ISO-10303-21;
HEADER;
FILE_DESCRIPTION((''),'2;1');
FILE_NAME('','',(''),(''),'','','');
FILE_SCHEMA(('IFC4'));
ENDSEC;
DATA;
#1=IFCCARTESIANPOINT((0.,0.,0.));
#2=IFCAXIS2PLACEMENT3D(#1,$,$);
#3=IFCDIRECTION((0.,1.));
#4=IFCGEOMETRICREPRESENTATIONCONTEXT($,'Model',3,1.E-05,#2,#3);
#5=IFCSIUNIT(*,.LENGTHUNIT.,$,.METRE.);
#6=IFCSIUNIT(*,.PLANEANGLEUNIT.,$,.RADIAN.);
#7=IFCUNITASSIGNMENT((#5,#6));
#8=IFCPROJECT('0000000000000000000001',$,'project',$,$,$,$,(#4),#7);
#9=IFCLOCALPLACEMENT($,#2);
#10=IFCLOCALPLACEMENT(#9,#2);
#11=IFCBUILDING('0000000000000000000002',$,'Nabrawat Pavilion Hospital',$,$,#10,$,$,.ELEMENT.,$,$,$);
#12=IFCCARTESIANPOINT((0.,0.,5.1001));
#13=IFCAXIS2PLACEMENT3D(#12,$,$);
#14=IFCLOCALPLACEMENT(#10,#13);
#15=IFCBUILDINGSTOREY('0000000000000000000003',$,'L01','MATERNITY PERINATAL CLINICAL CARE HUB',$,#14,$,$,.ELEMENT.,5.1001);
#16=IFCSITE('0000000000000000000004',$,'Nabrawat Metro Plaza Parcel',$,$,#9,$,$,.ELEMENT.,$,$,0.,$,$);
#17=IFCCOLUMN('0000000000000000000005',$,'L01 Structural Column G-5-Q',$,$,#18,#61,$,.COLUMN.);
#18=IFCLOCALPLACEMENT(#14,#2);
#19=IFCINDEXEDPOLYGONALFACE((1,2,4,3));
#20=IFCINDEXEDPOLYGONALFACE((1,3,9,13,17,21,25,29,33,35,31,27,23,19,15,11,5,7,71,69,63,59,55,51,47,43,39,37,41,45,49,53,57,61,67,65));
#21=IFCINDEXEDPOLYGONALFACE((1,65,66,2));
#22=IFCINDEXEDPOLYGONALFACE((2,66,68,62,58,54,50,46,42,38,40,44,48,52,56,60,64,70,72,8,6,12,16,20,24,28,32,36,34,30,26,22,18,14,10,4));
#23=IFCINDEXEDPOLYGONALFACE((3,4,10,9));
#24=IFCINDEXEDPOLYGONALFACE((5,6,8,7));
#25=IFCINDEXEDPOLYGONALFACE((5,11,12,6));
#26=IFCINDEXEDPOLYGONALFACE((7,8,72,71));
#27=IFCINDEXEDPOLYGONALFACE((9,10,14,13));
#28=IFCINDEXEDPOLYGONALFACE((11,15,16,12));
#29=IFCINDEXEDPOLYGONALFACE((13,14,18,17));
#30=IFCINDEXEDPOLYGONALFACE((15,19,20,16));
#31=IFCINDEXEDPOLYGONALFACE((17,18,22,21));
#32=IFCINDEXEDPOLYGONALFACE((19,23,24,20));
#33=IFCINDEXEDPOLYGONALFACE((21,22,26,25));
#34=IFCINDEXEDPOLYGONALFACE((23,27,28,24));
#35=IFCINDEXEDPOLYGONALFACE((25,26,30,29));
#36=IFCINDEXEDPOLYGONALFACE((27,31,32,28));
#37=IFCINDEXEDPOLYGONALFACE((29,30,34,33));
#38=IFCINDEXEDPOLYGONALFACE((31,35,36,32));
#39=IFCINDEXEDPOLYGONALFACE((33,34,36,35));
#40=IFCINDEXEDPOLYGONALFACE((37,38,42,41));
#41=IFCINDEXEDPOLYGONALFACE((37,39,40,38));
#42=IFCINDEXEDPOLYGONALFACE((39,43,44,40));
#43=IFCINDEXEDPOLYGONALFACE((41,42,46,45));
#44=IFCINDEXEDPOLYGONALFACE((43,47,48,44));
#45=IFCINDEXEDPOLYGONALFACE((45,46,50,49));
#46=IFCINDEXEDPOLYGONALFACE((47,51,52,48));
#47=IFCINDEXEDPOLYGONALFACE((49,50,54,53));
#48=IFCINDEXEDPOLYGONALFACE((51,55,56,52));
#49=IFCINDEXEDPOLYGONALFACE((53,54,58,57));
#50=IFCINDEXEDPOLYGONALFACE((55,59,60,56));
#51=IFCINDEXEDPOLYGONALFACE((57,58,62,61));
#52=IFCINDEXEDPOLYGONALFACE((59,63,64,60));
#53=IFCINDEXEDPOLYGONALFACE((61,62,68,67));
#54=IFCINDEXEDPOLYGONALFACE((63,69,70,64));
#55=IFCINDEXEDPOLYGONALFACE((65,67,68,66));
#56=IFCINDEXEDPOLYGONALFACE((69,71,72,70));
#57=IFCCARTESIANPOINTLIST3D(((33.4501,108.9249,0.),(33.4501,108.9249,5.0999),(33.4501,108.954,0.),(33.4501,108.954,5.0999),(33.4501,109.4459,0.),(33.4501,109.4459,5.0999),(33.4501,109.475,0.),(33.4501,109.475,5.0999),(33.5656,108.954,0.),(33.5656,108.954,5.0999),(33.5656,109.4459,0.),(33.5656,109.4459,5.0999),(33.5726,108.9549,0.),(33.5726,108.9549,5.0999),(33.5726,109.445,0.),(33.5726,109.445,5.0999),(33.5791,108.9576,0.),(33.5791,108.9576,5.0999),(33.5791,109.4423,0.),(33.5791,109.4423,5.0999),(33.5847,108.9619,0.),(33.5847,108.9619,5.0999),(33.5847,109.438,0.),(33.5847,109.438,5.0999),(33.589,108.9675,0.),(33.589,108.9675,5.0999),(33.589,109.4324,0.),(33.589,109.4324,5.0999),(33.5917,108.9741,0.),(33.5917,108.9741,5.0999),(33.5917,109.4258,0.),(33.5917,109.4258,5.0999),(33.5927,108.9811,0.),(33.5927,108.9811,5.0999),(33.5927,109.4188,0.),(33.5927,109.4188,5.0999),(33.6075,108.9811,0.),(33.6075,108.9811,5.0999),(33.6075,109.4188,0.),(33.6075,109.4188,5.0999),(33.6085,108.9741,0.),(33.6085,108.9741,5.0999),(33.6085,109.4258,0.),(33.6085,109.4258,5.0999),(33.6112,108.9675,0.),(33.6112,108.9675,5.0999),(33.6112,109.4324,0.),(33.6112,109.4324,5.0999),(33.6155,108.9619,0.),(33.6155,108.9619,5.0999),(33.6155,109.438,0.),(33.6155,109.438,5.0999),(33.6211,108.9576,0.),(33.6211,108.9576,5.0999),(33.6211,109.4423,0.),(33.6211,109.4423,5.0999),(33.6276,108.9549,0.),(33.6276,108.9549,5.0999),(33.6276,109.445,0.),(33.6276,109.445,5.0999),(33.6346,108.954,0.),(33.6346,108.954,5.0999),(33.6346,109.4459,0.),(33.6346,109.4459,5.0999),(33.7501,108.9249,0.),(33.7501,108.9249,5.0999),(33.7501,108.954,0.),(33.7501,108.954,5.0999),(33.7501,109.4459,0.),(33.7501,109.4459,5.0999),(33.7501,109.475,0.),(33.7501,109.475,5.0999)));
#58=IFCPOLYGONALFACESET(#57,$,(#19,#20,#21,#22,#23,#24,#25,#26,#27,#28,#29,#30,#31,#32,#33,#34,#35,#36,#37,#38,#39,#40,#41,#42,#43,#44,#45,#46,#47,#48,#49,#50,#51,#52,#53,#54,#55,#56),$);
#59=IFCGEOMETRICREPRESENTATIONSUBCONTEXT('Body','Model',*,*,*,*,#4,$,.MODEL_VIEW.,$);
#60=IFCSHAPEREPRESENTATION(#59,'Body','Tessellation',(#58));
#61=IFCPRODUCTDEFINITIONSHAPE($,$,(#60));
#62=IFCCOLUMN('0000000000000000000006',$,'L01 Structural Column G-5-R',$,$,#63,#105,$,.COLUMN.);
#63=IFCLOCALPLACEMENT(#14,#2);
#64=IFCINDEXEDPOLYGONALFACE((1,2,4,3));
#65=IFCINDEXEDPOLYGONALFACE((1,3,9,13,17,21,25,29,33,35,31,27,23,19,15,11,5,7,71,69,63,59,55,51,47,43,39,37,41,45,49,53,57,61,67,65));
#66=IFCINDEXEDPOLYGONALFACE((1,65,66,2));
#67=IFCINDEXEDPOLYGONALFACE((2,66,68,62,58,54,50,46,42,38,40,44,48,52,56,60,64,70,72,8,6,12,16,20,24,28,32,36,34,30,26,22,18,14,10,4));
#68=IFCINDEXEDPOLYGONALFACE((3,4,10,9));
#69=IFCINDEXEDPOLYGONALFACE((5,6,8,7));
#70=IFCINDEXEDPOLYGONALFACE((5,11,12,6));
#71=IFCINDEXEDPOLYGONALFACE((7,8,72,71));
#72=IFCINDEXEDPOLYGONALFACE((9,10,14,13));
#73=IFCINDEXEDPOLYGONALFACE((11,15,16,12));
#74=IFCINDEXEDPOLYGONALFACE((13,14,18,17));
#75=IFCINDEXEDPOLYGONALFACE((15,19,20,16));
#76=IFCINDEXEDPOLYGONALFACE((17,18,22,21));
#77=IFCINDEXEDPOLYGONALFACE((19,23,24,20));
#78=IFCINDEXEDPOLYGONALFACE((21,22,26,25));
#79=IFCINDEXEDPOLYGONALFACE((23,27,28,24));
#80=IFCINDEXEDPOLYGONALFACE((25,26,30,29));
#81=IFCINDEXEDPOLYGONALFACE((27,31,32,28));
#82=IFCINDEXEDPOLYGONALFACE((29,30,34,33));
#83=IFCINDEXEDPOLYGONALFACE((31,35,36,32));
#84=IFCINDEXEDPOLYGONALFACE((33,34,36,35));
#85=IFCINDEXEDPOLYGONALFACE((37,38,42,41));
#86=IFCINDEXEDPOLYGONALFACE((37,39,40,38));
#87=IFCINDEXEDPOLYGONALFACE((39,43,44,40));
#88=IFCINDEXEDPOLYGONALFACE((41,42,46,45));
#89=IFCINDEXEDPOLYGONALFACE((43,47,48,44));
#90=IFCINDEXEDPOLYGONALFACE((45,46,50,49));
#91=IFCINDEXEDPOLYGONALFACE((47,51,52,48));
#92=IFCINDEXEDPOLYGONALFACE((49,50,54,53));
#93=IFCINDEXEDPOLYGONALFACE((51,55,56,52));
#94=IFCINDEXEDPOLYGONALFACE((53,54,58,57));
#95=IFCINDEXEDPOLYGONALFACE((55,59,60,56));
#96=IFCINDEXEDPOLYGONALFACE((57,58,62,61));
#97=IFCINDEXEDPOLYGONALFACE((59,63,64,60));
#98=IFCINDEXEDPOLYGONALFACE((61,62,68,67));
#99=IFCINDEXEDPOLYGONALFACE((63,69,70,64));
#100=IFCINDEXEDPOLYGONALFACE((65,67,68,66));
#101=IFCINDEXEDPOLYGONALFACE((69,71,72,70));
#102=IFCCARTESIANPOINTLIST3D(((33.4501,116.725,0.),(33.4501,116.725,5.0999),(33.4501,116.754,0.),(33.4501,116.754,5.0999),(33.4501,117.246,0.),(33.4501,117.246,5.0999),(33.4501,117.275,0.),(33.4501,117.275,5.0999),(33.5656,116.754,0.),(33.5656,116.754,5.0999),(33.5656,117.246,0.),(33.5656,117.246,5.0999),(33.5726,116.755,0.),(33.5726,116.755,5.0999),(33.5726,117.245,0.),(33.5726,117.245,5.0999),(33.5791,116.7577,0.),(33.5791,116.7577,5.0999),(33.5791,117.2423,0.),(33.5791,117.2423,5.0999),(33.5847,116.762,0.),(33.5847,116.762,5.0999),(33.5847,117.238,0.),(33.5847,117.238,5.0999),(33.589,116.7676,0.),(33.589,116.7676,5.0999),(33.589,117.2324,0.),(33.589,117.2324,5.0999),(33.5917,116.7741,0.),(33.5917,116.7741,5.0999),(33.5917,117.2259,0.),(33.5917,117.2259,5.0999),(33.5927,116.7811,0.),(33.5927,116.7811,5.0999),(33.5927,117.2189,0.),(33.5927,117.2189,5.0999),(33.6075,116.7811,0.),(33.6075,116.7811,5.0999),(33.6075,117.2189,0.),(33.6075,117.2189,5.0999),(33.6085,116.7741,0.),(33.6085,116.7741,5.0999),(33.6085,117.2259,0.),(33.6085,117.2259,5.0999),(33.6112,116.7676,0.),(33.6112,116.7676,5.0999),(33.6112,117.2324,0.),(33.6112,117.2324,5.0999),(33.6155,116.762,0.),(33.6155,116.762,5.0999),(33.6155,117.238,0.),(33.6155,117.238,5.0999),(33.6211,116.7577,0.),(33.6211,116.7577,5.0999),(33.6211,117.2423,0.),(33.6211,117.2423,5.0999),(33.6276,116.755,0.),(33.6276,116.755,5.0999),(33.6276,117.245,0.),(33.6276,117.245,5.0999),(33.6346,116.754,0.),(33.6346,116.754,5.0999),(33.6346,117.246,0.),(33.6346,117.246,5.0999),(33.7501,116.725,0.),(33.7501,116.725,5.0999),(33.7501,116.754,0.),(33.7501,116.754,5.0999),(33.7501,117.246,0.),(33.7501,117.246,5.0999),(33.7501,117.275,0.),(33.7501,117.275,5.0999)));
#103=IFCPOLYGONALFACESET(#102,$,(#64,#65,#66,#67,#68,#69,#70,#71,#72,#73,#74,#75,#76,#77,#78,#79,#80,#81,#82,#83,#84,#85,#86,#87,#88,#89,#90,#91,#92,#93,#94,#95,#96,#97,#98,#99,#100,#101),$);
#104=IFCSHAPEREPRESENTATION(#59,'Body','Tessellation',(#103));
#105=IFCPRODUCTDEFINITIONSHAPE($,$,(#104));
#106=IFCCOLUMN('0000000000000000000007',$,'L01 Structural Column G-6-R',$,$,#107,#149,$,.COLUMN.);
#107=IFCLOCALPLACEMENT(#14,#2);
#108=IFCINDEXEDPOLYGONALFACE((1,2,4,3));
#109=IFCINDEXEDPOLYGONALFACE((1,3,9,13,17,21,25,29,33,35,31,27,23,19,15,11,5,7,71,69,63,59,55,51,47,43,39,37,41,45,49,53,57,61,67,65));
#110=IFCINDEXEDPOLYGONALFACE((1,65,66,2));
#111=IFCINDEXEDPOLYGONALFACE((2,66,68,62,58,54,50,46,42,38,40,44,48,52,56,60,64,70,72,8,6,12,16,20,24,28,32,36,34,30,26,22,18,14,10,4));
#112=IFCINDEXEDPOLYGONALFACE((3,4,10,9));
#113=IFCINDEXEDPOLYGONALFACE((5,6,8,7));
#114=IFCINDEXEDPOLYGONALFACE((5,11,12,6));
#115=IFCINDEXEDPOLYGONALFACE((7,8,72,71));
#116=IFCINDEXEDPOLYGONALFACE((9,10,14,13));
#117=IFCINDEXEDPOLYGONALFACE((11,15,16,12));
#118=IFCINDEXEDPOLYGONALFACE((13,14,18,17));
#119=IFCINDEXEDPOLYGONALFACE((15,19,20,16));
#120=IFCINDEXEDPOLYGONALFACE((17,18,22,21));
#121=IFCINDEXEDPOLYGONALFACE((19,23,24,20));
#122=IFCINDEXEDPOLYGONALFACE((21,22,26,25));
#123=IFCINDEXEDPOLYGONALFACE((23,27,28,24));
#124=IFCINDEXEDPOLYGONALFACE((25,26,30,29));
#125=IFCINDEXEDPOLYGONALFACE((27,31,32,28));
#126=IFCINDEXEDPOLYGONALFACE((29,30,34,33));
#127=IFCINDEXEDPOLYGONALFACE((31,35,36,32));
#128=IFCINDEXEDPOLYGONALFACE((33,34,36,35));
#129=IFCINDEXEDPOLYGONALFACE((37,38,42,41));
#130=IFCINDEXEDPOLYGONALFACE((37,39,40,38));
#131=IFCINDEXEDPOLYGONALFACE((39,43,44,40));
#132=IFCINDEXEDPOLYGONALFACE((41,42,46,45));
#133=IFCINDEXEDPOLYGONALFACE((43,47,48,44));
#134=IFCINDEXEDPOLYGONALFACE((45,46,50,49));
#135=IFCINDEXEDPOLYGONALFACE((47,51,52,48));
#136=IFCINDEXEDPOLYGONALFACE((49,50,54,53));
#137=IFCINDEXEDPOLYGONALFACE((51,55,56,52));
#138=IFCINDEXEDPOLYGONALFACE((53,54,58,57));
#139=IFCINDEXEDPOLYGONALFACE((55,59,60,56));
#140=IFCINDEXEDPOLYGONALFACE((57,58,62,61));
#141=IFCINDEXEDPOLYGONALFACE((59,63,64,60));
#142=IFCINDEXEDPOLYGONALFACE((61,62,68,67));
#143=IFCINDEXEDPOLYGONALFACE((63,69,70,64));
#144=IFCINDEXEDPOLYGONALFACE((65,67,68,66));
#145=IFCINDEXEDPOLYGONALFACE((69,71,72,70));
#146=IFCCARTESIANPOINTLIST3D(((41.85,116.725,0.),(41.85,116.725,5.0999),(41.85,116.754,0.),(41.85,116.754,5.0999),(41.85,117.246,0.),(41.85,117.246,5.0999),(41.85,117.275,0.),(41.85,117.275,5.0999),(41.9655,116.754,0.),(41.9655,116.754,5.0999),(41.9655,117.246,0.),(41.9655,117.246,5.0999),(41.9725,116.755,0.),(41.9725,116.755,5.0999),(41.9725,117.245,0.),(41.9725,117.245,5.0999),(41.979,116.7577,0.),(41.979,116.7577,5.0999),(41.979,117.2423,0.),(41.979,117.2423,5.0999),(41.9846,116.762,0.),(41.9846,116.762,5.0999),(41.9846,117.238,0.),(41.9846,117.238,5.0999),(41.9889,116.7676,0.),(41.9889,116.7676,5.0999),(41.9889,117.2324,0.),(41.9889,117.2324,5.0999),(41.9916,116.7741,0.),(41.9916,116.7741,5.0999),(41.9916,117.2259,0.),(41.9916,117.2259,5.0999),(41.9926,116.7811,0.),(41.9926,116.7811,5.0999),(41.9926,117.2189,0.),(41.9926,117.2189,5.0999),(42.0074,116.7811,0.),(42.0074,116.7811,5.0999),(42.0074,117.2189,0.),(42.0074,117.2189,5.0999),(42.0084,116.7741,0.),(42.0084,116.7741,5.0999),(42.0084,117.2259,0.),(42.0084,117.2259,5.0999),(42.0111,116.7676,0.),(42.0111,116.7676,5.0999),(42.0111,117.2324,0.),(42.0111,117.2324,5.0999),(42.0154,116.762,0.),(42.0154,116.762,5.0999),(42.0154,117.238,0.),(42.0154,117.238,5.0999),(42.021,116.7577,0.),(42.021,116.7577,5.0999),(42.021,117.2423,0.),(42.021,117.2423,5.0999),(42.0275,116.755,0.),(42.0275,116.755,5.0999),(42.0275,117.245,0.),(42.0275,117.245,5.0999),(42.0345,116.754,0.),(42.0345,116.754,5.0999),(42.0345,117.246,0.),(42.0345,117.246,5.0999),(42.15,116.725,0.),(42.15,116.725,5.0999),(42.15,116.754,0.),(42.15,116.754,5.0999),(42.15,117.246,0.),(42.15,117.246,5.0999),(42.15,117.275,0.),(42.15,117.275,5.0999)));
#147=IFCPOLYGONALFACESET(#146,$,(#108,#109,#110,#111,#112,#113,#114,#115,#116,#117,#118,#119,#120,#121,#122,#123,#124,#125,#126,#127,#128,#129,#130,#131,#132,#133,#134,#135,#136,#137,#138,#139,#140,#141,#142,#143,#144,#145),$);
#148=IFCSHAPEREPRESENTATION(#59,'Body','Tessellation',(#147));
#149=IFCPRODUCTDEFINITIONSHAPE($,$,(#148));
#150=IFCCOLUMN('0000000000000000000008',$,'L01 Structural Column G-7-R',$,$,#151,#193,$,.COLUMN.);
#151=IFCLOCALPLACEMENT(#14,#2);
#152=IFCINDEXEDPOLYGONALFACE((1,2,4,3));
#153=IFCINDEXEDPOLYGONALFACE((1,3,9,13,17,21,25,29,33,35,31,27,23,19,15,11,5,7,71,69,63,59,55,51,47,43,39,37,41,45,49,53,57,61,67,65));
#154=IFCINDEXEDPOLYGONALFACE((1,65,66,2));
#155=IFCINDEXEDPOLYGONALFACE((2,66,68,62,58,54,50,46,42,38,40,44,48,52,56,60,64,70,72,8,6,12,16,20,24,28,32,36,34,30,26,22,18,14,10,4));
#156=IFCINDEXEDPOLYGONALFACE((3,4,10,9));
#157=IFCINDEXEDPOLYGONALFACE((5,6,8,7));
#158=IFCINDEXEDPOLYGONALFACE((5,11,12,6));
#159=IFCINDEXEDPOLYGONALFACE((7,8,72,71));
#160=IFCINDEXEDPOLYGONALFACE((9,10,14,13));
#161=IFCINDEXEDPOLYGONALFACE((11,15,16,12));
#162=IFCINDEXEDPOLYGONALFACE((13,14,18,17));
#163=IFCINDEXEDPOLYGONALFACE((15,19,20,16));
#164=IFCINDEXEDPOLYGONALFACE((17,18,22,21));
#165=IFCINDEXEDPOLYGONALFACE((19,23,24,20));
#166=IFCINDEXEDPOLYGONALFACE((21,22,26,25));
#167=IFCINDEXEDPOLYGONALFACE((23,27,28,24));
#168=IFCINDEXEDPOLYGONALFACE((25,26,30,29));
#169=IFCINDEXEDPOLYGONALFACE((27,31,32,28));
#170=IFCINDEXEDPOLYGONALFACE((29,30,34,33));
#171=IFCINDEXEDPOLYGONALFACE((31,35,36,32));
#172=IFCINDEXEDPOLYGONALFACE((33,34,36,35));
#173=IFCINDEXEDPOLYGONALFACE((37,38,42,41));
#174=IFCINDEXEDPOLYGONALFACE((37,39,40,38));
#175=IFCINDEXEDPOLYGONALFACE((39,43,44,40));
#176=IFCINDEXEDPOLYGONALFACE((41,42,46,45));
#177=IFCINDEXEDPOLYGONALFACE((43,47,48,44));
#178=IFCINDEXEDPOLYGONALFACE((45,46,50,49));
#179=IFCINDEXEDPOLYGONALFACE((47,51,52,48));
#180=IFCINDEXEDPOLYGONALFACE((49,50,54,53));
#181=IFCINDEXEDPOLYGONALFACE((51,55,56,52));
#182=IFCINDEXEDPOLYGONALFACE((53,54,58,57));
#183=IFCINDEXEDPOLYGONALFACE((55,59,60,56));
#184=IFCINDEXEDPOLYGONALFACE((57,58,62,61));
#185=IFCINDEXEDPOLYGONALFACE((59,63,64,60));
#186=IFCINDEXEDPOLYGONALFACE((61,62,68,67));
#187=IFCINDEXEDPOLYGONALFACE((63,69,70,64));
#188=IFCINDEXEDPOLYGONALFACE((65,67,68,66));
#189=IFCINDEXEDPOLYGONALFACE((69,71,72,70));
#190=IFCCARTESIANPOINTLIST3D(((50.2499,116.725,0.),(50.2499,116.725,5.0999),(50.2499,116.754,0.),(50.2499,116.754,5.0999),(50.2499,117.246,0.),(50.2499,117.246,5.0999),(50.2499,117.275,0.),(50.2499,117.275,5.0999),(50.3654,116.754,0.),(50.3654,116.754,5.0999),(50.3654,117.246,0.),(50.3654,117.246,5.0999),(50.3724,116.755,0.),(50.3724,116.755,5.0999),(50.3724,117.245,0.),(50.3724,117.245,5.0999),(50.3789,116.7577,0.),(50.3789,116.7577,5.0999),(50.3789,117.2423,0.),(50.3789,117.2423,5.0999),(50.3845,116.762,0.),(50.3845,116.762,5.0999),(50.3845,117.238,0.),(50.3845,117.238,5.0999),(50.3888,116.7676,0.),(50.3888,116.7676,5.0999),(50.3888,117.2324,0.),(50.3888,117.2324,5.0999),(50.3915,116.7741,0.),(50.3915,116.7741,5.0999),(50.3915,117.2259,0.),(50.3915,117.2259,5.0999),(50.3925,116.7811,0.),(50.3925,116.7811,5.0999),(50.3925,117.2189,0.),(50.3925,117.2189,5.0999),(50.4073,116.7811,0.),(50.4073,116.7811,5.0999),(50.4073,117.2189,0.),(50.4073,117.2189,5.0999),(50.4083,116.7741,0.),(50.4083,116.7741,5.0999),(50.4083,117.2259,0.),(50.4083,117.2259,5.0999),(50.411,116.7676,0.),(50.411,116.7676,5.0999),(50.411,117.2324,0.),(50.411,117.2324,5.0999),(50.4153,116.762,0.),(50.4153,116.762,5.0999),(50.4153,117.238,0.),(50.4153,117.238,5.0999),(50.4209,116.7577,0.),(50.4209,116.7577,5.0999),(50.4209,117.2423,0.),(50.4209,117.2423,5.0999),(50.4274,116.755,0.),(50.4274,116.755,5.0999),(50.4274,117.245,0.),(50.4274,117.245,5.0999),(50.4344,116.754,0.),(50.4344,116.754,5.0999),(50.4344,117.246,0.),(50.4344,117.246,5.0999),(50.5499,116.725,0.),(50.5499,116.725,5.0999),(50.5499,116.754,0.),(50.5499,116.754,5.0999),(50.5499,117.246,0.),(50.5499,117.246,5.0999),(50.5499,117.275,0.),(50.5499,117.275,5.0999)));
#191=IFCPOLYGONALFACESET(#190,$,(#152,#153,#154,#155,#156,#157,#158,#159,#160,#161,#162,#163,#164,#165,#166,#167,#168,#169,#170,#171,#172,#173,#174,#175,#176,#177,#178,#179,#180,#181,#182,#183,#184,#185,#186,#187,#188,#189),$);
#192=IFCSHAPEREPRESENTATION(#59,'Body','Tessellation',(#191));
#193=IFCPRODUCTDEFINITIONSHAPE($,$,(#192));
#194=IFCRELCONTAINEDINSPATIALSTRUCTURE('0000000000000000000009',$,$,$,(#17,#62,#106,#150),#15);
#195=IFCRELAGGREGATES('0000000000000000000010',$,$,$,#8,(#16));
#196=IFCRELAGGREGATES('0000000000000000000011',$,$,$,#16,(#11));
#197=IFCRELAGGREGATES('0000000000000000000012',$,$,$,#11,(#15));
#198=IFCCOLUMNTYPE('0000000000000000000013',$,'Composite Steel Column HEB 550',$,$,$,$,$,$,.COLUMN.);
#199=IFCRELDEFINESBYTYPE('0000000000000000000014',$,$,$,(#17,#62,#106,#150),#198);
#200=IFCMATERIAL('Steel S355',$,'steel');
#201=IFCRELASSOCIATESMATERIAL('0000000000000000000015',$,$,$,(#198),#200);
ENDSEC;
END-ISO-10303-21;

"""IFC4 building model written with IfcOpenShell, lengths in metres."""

from ifc_helpers import new_model, si_unit, direction, frame, origin, origin_2d, place, context, subcontext, project, spatial, i_section, extrude, material, material_profile, profile_set, type_object, element, save


model = new_model("IFC4")

# Units and contexts
model_context = context("Model", 3, precision=1e-05, world=origin(), true_north=direction((0.0, 1.0)))
body_context = subcontext(model_context, "Body", "Model", "MODEL_VIEW")
ifc_project = project(units=[si_unit("LENGTHUNIT", "METRE"), si_unit("PLANEANGLEUNIT", "RADIAN")], contexts=[model_context])

# Site, building, storey
site_placement = place(None, origin())
site = spatial("IfcSite", under=ifc_project, at=site_placement, Name="Nabrawat Metro Plaza Parcel", CompositionType="ELEMENT", RefElevation=0.0)
building_placement = place(site_placement, origin())
building = spatial("IfcBuilding", under=site, at=building_placement, Name="Nabrawat Pavilion Hospital", CompositionType="ELEMENT")
storey_placement = place(building_placement, frame((0.0, 0.0, 5.1001)))
storey = spatial("IfcBuildingStorey", under=building, at=storey_placement, Name="L01", Description="MATERNITY PERINATAL CLINICAL CARE HUB", CompositionType="ELEMENT", Elevation=5.1001)

# Columns
ifc_material_1 = material(Name="Steel S355", Category="steel")
ifc_material_profile_1 = material_profile(ifc_material_1, i_section(OverallWidth=0.3, OverallDepth=0.55, WebThickness=0.0149, FlangeThickness=0.0291, FilletRadius=0.0271, at=origin_2d()), Name="HEB 550")
ifc_profile_set_1 = profile_set([ifc_material_profile_1], Name="Steel S355")
column_type = type_object("IfcColumnType", Name="Composite Steel Column HEB 550", PredefinedType="COLUMN", material=ifc_profile_set_1)
for number, where, z_axis, x_axis, name in (
    (1, (33.6001, 109.2, 0.0), (0.0, 0.0, 1.0), (1.0, 0.0, 0.0), "L01 Structural Column G-5-Q"),
    (2, (33.6001, 117.0, 0.0), (0.0, 0.0, 1.0), (1.0, 0.0, 0.0), "L01 Structural Column G-5-R"),
    (3, (42.0, 117.0, 0.0), (0.0, 0.0, 1.0), (1.0, 0.0, 0.0), "L01 Structural Column G-6-R"),
    (4, (50.3999, 117.0, 0.0), (0.0, 0.0, 1.0), (1.0, 0.0, 0.0), "L01 Structural Column G-7-R"),
):
    element("IfcColumn", number, at=place(storey_placement, frame(where, z_axis=z_axis, x_axis=x_axis)), inside=storey, type_object=column_type, Name=name, PredefinedType="COLUMN", context=body_context, shape_type="SweptSolid", body=[
        extrude(i_section(OverallWidth=0.3, OverallDepth=0.55, WebThickness=0.0149, FlangeThickness=0.0291, FilletRadius=0.0271, at=origin_2d()), origin(), (0.0, 0.0, 1.0), 5.0999),
    ])

save(model, "model.ifc")
